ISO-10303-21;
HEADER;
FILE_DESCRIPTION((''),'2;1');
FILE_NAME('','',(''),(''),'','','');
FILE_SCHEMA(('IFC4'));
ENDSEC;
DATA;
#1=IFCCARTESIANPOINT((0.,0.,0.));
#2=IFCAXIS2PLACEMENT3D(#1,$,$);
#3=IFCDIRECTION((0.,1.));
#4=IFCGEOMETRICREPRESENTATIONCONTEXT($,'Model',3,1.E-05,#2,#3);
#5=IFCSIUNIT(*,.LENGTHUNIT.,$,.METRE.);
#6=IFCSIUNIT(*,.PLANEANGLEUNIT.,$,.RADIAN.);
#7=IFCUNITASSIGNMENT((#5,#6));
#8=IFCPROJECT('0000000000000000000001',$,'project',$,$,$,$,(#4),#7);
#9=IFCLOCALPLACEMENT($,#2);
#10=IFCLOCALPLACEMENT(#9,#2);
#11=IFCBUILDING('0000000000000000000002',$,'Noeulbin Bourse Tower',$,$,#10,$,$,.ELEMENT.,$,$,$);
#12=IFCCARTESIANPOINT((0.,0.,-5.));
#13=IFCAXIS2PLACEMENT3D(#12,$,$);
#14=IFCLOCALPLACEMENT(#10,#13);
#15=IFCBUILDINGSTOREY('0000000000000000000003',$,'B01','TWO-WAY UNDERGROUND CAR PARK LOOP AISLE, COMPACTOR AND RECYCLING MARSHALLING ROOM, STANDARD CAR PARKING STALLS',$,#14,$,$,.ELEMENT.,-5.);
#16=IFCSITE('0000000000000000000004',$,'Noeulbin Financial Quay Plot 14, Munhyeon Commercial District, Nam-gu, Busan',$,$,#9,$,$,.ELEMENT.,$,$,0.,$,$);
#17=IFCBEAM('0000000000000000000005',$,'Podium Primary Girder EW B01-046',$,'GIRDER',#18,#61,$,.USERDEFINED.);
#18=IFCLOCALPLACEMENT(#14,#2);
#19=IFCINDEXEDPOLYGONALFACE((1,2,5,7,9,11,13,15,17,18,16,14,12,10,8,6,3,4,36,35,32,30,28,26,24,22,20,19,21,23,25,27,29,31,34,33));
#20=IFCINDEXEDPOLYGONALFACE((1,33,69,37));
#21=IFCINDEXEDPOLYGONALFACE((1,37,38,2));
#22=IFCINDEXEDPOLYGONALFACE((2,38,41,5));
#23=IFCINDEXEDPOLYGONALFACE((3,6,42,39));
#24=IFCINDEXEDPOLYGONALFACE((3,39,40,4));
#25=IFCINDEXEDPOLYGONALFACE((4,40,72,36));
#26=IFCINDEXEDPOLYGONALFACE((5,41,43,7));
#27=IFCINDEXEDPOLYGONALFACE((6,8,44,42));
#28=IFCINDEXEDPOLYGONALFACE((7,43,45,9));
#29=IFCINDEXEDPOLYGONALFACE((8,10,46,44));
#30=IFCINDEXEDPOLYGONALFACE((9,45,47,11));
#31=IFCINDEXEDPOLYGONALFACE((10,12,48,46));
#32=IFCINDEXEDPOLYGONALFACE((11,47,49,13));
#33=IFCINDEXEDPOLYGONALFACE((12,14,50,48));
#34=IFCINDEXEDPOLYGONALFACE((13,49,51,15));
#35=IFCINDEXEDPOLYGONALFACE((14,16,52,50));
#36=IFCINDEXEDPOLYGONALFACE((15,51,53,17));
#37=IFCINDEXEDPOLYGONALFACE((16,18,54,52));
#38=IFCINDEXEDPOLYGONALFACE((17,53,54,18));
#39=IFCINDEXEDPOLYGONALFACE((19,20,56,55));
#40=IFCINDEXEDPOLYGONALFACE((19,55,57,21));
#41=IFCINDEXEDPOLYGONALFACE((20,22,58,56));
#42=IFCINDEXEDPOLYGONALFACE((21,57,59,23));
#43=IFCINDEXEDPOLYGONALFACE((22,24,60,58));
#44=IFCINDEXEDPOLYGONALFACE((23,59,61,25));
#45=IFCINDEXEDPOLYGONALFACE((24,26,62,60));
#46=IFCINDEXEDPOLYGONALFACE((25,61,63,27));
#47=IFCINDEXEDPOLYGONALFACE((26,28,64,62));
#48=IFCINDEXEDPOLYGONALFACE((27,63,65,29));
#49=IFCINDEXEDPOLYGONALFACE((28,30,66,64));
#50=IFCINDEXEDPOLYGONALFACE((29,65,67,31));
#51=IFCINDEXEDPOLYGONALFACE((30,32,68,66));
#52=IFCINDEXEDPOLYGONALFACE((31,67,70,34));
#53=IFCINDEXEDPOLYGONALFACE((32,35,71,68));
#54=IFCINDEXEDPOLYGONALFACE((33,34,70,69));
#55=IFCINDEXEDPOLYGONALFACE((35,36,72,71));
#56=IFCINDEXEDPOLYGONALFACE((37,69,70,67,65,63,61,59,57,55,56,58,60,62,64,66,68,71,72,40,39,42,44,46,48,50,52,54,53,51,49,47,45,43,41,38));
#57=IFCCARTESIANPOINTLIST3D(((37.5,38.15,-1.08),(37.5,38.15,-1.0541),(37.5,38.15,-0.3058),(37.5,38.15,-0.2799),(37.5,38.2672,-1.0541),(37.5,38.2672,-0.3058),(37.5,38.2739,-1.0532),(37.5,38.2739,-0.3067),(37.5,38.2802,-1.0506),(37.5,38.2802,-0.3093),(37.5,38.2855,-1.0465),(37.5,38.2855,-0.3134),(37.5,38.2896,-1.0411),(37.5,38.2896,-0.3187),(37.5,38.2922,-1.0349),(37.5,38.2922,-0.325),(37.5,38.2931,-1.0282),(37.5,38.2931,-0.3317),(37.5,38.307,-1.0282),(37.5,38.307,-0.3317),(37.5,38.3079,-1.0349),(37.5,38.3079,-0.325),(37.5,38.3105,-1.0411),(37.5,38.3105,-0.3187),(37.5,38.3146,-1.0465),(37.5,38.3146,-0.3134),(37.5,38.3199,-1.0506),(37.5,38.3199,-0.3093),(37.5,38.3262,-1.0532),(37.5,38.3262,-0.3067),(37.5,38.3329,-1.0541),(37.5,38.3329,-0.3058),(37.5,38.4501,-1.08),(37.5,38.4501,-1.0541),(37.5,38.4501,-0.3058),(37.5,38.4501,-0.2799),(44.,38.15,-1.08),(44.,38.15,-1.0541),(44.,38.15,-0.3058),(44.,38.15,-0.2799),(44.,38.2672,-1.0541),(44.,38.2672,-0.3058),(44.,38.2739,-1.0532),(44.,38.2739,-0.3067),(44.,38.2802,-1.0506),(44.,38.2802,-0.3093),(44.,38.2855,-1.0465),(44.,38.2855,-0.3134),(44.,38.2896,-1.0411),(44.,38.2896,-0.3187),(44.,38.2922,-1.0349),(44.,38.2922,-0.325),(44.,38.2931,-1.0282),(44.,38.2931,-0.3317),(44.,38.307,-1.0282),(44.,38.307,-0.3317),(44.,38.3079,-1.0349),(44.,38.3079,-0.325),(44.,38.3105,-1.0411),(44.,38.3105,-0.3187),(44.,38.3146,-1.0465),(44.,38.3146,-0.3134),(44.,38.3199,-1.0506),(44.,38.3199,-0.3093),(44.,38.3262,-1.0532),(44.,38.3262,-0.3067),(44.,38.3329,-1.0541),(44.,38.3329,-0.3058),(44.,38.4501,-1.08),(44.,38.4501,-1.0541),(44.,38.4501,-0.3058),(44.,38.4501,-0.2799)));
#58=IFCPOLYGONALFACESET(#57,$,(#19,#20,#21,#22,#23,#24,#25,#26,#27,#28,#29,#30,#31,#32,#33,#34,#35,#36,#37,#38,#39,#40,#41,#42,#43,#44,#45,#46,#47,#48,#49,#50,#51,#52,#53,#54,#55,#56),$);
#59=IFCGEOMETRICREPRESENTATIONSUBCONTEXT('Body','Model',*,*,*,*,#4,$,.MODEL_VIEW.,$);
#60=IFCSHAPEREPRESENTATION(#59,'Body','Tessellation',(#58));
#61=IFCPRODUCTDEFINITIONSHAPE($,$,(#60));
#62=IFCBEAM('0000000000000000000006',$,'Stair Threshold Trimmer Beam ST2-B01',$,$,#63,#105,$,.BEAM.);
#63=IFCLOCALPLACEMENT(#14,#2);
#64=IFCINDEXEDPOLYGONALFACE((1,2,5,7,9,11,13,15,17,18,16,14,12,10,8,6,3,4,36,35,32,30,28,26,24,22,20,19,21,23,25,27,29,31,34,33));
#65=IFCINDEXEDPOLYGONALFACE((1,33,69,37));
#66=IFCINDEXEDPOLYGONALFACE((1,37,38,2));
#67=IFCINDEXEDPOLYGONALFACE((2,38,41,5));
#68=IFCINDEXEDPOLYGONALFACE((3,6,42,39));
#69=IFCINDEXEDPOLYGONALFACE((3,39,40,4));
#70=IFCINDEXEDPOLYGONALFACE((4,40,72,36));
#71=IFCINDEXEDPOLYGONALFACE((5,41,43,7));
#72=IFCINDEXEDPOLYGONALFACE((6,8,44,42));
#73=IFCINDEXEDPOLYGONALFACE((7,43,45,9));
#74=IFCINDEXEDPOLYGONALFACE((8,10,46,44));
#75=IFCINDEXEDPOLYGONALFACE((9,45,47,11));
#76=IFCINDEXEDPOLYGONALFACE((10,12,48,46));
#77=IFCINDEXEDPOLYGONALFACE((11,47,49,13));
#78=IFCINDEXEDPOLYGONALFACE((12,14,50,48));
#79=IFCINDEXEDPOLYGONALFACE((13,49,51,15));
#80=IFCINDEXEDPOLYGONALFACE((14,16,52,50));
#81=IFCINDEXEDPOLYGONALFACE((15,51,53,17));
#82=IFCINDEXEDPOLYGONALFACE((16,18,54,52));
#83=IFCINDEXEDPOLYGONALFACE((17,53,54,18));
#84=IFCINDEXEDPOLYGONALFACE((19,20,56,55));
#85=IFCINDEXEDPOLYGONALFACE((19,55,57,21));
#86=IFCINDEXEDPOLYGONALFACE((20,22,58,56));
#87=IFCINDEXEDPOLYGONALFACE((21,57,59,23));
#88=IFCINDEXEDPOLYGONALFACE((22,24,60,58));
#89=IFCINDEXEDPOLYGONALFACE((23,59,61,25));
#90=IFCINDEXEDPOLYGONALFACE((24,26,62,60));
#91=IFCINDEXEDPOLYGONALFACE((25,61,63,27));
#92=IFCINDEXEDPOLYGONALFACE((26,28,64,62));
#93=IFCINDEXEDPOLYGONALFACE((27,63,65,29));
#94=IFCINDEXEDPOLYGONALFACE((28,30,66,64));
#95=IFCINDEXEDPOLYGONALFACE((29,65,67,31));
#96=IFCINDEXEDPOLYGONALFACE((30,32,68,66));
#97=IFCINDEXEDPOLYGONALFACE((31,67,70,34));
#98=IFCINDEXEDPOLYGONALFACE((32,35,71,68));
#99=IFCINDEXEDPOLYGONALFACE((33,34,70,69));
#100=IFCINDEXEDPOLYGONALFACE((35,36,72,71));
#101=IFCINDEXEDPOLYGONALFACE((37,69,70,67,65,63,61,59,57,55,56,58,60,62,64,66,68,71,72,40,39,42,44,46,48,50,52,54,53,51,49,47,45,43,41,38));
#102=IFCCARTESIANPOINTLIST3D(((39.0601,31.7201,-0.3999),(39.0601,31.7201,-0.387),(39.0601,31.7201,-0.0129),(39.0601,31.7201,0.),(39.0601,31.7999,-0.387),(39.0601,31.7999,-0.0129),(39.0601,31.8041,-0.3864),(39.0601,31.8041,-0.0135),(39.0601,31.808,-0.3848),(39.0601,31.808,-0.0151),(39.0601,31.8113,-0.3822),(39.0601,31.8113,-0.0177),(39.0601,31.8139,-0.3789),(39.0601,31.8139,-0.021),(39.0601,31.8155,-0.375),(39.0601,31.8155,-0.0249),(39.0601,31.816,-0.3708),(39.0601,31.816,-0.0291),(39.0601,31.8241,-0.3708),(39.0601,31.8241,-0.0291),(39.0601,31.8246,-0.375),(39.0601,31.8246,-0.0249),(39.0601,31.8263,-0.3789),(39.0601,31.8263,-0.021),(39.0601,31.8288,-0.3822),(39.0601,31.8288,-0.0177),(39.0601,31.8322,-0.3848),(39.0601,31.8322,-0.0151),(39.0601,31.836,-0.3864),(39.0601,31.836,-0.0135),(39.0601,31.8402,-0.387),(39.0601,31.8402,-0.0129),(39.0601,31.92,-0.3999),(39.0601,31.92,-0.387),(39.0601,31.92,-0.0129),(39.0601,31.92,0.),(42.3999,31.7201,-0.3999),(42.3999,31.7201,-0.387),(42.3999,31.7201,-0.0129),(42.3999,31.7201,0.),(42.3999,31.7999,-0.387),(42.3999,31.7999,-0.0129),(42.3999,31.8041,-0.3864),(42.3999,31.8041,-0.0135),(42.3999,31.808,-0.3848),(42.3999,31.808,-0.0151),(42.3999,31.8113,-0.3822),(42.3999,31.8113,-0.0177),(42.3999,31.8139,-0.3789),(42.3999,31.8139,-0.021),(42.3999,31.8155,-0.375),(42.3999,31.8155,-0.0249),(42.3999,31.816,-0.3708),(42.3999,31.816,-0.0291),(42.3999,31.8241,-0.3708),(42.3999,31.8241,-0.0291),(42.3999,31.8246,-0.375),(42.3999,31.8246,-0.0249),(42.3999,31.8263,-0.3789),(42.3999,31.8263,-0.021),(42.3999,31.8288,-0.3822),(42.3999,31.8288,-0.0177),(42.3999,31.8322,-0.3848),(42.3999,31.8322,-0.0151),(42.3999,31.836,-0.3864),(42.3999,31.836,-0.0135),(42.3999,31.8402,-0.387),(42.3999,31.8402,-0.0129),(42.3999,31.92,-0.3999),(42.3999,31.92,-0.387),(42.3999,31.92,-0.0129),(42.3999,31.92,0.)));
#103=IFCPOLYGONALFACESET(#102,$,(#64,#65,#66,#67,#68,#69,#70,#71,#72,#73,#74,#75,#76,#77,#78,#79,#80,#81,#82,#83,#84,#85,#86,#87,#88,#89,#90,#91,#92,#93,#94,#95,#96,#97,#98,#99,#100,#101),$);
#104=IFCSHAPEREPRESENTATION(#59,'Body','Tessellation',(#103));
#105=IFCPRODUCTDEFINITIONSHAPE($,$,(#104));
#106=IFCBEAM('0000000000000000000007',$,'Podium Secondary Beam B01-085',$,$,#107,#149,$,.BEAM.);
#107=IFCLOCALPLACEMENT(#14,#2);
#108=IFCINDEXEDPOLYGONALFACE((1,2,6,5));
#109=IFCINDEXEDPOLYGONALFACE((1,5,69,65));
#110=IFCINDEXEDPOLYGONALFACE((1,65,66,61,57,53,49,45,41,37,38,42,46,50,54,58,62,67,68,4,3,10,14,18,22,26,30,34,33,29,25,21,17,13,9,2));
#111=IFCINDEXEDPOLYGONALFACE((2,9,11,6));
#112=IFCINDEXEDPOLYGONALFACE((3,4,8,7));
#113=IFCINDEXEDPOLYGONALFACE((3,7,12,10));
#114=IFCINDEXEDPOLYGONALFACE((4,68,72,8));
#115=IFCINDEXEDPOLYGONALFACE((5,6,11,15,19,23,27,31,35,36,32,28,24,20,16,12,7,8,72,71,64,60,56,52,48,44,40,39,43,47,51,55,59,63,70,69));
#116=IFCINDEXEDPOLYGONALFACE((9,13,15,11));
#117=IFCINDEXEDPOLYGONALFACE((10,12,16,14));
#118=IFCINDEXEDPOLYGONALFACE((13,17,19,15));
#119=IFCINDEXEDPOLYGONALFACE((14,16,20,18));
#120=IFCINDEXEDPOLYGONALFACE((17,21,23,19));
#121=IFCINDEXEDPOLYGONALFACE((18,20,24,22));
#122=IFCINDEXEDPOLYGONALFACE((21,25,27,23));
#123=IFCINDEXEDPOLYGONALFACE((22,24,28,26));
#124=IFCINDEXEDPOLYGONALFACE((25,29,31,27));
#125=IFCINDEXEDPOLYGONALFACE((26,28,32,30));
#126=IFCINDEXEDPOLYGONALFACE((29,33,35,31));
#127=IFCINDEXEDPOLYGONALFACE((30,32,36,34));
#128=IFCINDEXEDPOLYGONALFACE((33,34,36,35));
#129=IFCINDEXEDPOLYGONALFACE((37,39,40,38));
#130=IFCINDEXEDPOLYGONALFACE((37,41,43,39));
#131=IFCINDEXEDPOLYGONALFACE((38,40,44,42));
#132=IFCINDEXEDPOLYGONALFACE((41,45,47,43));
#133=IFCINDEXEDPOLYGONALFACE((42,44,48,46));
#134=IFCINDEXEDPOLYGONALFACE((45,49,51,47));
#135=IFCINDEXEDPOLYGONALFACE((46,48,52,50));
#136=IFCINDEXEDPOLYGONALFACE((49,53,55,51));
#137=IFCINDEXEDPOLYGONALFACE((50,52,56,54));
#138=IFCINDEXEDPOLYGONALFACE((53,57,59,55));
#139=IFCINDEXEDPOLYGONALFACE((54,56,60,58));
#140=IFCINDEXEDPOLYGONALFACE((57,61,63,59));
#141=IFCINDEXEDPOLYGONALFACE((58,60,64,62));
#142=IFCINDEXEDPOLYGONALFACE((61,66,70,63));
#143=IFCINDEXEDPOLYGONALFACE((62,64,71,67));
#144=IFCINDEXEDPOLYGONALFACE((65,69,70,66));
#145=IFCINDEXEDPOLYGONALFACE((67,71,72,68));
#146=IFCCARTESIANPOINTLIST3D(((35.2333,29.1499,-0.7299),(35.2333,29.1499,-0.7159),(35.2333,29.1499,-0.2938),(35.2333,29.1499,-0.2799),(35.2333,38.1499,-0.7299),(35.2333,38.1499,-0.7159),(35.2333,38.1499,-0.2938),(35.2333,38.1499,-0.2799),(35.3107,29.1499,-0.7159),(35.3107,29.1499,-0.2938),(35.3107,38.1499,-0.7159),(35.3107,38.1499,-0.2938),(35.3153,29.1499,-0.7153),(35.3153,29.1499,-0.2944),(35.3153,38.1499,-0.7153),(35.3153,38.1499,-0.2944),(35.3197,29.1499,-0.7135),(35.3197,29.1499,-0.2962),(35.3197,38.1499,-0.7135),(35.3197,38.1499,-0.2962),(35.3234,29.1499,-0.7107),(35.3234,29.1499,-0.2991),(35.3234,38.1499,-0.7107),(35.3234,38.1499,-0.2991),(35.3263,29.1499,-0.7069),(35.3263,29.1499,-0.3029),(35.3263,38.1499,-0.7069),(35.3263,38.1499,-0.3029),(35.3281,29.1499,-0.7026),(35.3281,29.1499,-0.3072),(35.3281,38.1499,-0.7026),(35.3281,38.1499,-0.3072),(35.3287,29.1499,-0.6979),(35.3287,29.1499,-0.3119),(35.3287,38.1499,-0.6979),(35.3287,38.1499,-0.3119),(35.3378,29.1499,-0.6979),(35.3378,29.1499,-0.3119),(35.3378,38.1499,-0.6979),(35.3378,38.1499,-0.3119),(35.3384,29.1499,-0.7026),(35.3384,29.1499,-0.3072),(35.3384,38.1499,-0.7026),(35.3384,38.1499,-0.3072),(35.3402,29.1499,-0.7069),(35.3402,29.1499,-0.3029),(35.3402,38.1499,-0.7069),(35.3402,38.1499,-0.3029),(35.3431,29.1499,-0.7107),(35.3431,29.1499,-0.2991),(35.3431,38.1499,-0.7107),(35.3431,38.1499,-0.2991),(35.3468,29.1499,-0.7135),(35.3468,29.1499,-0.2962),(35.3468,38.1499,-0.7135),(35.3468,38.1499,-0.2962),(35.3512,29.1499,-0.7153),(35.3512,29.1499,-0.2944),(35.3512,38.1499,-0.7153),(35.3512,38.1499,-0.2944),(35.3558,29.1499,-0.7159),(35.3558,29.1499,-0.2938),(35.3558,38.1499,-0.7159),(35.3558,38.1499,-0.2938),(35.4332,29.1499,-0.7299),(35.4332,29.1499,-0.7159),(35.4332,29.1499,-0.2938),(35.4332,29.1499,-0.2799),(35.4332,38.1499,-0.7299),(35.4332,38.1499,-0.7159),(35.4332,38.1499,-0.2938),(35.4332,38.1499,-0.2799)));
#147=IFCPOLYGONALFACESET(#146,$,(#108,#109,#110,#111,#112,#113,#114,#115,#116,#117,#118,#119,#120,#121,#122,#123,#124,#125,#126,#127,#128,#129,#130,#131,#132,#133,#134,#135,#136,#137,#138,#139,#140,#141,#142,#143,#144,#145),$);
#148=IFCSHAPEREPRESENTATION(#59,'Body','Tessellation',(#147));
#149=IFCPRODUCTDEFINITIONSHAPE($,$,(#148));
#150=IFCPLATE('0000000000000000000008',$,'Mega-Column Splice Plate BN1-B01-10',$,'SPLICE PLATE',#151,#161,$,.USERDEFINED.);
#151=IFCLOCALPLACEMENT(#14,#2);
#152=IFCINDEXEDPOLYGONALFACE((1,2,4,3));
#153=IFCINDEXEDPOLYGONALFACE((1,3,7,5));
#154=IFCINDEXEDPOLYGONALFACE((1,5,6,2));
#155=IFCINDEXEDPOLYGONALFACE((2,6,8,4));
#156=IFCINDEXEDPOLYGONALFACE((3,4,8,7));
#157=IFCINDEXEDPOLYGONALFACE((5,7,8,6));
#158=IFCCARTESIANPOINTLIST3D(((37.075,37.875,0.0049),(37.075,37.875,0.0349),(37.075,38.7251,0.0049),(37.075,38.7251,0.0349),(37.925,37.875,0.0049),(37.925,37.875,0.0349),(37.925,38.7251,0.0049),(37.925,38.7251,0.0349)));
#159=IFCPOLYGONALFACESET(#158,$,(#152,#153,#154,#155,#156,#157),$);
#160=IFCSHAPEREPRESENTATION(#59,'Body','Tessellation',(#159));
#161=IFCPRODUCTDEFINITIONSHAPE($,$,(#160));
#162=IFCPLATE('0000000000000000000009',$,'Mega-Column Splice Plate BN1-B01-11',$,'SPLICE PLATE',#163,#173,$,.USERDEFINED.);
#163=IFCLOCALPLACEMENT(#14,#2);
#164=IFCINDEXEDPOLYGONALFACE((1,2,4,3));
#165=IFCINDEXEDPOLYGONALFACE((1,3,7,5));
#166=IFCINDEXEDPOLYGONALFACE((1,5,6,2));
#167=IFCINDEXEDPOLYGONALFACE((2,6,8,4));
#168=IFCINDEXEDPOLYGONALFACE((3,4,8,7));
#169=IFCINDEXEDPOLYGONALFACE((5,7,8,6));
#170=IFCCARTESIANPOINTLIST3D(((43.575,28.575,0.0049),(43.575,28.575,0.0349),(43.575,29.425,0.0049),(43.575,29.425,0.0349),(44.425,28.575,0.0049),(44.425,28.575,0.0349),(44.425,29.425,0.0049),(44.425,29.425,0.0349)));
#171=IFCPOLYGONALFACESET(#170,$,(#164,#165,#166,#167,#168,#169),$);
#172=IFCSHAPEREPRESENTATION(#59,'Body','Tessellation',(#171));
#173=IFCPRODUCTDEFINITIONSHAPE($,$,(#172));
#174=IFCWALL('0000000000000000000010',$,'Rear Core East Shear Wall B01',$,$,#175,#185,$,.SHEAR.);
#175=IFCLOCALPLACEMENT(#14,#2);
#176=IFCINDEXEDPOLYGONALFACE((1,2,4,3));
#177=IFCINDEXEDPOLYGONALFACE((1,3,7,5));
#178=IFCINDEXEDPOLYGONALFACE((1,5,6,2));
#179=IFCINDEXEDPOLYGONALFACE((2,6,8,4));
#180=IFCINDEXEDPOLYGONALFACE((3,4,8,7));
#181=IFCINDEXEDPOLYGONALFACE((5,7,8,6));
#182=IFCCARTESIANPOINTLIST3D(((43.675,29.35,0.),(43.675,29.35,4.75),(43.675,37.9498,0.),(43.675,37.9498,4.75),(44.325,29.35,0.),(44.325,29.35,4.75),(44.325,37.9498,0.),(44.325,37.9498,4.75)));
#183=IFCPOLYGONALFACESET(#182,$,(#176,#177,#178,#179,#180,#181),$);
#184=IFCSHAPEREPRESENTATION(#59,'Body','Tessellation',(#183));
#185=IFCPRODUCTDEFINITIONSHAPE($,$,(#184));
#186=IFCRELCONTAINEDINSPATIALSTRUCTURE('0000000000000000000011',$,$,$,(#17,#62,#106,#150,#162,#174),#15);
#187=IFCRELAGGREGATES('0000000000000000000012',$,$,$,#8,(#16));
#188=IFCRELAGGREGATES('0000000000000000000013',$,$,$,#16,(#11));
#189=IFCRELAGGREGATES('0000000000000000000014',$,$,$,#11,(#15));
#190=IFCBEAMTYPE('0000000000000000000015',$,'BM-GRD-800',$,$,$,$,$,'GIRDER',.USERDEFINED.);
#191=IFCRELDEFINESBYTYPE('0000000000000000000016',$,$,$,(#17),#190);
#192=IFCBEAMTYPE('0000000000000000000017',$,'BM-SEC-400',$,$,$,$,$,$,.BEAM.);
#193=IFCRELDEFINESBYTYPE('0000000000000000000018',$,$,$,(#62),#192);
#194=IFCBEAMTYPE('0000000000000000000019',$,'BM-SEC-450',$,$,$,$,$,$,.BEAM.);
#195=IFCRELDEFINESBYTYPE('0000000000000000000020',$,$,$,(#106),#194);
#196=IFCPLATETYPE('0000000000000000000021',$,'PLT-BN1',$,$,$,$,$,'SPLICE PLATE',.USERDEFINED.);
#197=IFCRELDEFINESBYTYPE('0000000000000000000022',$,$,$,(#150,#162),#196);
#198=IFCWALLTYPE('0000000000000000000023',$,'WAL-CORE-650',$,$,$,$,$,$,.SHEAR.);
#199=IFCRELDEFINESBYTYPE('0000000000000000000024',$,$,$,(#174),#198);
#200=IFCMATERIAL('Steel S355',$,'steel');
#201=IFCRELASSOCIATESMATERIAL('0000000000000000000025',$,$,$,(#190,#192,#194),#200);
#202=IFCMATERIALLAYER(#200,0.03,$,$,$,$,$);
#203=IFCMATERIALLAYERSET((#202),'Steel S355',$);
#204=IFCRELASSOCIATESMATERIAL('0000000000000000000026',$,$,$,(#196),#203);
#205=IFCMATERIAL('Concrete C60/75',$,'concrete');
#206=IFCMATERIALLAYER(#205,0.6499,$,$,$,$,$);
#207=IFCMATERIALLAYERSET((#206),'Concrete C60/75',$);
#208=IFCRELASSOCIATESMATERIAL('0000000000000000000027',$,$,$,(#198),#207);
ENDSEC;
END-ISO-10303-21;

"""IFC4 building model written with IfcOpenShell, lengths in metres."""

from ifc_helpers import new_model, si_unit, direction, frame, frame_2d, origin, origin_2d, place, context, subcontext, project, spatial, rectangle, i_section, extrude, material, layer, layer_set, material_profile, profile_set, type_object, element, save


model = new_model("IFC4")

# Units and contexts
model_context = context("Model", 3, precision=1e-05, world=origin(), true_north=direction((0.0, 1.0)))
body_context = subcontext(model_context, "Body", "Model", "MODEL_VIEW")
ifc_project = project(units=[si_unit("LENGTHUNIT", "METRE"), si_unit("PLANEANGLEUNIT", "RADIAN")], contexts=[model_context])

# Site, building, storey
site_placement = place(None, origin())
site = spatial("IfcSite", under=ifc_project, at=site_placement, Name="Noeulbin Financial Quay Plot 14, Munhyeon Commercial District, Nam-gu, Busan", CompositionType="ELEMENT", RefElevation=0.0)
building_placement = place(site_placement, origin())
building = spatial("IfcBuilding", under=site, at=building_placement, Name="Noeulbin Bourse Tower", CompositionType="ELEMENT")
storey_placement = place(building_placement, frame((0.0, 0.0, -5.0)))
storey = spatial("IfcBuildingStorey", under=building, at=storey_placement, Name="B01", Description="TWO-WAY UNDERGROUND CAR PARK LOOP AISLE, COMPACTOR AND RECYCLING MARSHALLING ROOM, STANDARD CAR PARKING STALLS", CompositionType="ELEMENT", Elevation=-5.0)

# Beams
ifc_material_1 = material(Name="Steel S355", Category="steel")
ifc_material_profile_1 = material_profile(ifc_material_1, i_section(OverallWidth=0.3, OverallDepth=0.8, WebThickness=0.0139, FlangeThickness=0.0259, FilletRadius=0.0259, at=origin_2d()), Name="H-800x300x14x26", Category="LoadBearing")
ifc_profile_set_1 = profile_set([ifc_material_profile_1], Name="Steel S355")
beam_type_1 = type_object("IfcBeamType", Name="BM-GRD-800", ElementType="GIRDER", PredefinedType="USERDEFINED", material=ifc_profile_set_1)
beam_1_placement = place(storey_placement, frame((37.5, 38.3, -0.6799), z_axis=(1.0, 0.0, 0.0), x_axis=(0.0, 1.0, 0.0)))
element("IfcBeam", 1, at=beam_1_placement, inside=storey, type_object=beam_type_1, Name="Podium Primary Girder EW B01-046", ObjectType="GIRDER", PredefinedType="USERDEFINED", context=body_context, shape_type="SweptSolid", body=[
    extrude(i_section(OverallWidth=0.3, OverallDepth=0.8, WebThickness=0.0139, FlangeThickness=0.0259, FilletRadius=0.0259, at=origin_2d()), origin(), (0.0, 0.0, 1.0), 6.5),
])
ifc_material_profile_2 = material_profile(ifc_material_1, i_section(OverallWidth=0.2, OverallDepth=0.3999, WebThickness=0.0081, FlangeThickness=0.0129, FilletRadius=0.0161, at=origin_2d()), Name="H-400x200x8x13", Category="LoadBearing")
ifc_profile_set_2 = profile_set([ifc_material_profile_2], Name="Steel S355")
beam_type_2 = type_object("IfcBeamType", Name="BM-SEC-400", PredefinedType="BEAM", material=ifc_profile_set_2)
beam_2_placement = place(storey_placement, frame((39.0601, 31.8201, -0.2), z_axis=(1.0, 0.0, 0.0), x_axis=(0.0, 1.0, 0.0)))
element("IfcBeam", 2, at=beam_2_placement, inside=storey, type_object=beam_type_2, Name="Stair Threshold Trimmer Beam ST2-B01", PredefinedType="BEAM", context=body_context, shape_type="SweptSolid", body=[
    extrude(i_section(OverallWidth=0.2, OverallDepth=0.3999, WebThickness=0.0081, FlangeThickness=0.0129, FilletRadius=0.0161, at=origin_2d()), origin(), (0.0, 0.0, 1.0), 3.3398),
])
ifc_material_profile_3 = material_profile(ifc_material_1, i_section(OverallWidth=0.2, OverallDepth=0.45, WebThickness=0.009, FlangeThickness=0.0139, FilletRadius=0.0181, at=origin_2d()), Name="H-450x200x9x14", Category="LoadBearing")
ifc_profile_set_3 = profile_set([ifc_material_profile_3], Name="Steel S355")
beam_type_3 = type_object("IfcBeamType", Name="BM-SEC-450", PredefinedType="BEAM", material=ifc_profile_set_3)
beam_3_placement = place(storey_placement, frame((35.3333, 29.1499, -0.5049), z_axis=(0.0, 1.0, 0.0), x_axis=(-1.0, 0.0, 0.0)))
element("IfcBeam", 3, at=beam_3_placement, inside=storey, type_object=beam_type_3, Name="Podium Secondary Beam B01-085", PredefinedType="BEAM", context=body_context, shape_type="SweptSolid", body=[
    extrude(i_section(OverallWidth=0.2, OverallDepth=0.45, WebThickness=0.009, FlangeThickness=0.0139, FilletRadius=0.0181, at=origin_2d()), origin(), (0.0, 0.0, 1.0), 9.0),
])

# Plates
ifc_layer_1 = layer(ifc_material_1, 0.03)
ifc_layer_set_1 = layer_set([ifc_layer_1], Name="Steel S355")
plate_type = type_object("IfcPlateType", Name="PLT-BN1", ElementType="SPLICE PLATE", PredefinedType="USERDEFINED", material=ifc_layer_set_1)
for number, where, z_axis, x_axis, name in (
    (4, (37.5, 38.3, 0.0049), (0.0, 0.0, 1.0), (1.0, 0.0, 0.0), "Mega-Column Splice Plate BN1-B01-10"),
    (5, (44.0, 29.0, 0.0049), (0.0, 0.0, 1.0), (1.0, 0.0, 0.0), "Mega-Column Splice Plate BN1-B01-11"),
):
    element("IfcPlate", number, at=place(storey_placement, frame(where, z_axis=z_axis, x_axis=x_axis)), inside=storey, type_object=plate_type, Name=name, ObjectType="SPLICE PLATE", PredefinedType="USERDEFINED", context=body_context, shape_type="SweptSolid", body=[
        extrude(rectangle(XDim=0.8501, YDim=0.8501, at=origin_2d()), origin(), (0.0, 0.0, 1.0), 0.03),
    ])

# Wall
ifc_material_2 = material(Name="Concrete C60/75", Category="concrete")
ifc_layer_2 = layer(ifc_material_2, 0.6499)
ifc_layer_set_2 = layer_set([ifc_layer_2], Name="Concrete C60/75")
wall_type_1 = type_object("IfcWallType", Name="WAL-CORE-650", PredefinedType="SHEAR", material=ifc_layer_set_2)
wall_1_placement = place(storey_placement, frame((44.0, 29.3501, 0.0), z_axis=(0.0, 0.0, 1.0), x_axis=(0.0, 1.0, 0.0)))
element("IfcWall", 6, at=wall_1_placement, inside=storey, type_object=wall_type_1, Name="Rear Core East Shear Wall B01", PredefinedType="SHEAR", context=body_context, shape_type="SweptSolid", body=[
    extrude(rectangle(XDim=8.5999, YDim=0.6499, at=frame_2d((4.2998, 0.0))), origin(), (0.0, 0.0, 1.0), 4.75),
])

save(model, "model.ifc")
